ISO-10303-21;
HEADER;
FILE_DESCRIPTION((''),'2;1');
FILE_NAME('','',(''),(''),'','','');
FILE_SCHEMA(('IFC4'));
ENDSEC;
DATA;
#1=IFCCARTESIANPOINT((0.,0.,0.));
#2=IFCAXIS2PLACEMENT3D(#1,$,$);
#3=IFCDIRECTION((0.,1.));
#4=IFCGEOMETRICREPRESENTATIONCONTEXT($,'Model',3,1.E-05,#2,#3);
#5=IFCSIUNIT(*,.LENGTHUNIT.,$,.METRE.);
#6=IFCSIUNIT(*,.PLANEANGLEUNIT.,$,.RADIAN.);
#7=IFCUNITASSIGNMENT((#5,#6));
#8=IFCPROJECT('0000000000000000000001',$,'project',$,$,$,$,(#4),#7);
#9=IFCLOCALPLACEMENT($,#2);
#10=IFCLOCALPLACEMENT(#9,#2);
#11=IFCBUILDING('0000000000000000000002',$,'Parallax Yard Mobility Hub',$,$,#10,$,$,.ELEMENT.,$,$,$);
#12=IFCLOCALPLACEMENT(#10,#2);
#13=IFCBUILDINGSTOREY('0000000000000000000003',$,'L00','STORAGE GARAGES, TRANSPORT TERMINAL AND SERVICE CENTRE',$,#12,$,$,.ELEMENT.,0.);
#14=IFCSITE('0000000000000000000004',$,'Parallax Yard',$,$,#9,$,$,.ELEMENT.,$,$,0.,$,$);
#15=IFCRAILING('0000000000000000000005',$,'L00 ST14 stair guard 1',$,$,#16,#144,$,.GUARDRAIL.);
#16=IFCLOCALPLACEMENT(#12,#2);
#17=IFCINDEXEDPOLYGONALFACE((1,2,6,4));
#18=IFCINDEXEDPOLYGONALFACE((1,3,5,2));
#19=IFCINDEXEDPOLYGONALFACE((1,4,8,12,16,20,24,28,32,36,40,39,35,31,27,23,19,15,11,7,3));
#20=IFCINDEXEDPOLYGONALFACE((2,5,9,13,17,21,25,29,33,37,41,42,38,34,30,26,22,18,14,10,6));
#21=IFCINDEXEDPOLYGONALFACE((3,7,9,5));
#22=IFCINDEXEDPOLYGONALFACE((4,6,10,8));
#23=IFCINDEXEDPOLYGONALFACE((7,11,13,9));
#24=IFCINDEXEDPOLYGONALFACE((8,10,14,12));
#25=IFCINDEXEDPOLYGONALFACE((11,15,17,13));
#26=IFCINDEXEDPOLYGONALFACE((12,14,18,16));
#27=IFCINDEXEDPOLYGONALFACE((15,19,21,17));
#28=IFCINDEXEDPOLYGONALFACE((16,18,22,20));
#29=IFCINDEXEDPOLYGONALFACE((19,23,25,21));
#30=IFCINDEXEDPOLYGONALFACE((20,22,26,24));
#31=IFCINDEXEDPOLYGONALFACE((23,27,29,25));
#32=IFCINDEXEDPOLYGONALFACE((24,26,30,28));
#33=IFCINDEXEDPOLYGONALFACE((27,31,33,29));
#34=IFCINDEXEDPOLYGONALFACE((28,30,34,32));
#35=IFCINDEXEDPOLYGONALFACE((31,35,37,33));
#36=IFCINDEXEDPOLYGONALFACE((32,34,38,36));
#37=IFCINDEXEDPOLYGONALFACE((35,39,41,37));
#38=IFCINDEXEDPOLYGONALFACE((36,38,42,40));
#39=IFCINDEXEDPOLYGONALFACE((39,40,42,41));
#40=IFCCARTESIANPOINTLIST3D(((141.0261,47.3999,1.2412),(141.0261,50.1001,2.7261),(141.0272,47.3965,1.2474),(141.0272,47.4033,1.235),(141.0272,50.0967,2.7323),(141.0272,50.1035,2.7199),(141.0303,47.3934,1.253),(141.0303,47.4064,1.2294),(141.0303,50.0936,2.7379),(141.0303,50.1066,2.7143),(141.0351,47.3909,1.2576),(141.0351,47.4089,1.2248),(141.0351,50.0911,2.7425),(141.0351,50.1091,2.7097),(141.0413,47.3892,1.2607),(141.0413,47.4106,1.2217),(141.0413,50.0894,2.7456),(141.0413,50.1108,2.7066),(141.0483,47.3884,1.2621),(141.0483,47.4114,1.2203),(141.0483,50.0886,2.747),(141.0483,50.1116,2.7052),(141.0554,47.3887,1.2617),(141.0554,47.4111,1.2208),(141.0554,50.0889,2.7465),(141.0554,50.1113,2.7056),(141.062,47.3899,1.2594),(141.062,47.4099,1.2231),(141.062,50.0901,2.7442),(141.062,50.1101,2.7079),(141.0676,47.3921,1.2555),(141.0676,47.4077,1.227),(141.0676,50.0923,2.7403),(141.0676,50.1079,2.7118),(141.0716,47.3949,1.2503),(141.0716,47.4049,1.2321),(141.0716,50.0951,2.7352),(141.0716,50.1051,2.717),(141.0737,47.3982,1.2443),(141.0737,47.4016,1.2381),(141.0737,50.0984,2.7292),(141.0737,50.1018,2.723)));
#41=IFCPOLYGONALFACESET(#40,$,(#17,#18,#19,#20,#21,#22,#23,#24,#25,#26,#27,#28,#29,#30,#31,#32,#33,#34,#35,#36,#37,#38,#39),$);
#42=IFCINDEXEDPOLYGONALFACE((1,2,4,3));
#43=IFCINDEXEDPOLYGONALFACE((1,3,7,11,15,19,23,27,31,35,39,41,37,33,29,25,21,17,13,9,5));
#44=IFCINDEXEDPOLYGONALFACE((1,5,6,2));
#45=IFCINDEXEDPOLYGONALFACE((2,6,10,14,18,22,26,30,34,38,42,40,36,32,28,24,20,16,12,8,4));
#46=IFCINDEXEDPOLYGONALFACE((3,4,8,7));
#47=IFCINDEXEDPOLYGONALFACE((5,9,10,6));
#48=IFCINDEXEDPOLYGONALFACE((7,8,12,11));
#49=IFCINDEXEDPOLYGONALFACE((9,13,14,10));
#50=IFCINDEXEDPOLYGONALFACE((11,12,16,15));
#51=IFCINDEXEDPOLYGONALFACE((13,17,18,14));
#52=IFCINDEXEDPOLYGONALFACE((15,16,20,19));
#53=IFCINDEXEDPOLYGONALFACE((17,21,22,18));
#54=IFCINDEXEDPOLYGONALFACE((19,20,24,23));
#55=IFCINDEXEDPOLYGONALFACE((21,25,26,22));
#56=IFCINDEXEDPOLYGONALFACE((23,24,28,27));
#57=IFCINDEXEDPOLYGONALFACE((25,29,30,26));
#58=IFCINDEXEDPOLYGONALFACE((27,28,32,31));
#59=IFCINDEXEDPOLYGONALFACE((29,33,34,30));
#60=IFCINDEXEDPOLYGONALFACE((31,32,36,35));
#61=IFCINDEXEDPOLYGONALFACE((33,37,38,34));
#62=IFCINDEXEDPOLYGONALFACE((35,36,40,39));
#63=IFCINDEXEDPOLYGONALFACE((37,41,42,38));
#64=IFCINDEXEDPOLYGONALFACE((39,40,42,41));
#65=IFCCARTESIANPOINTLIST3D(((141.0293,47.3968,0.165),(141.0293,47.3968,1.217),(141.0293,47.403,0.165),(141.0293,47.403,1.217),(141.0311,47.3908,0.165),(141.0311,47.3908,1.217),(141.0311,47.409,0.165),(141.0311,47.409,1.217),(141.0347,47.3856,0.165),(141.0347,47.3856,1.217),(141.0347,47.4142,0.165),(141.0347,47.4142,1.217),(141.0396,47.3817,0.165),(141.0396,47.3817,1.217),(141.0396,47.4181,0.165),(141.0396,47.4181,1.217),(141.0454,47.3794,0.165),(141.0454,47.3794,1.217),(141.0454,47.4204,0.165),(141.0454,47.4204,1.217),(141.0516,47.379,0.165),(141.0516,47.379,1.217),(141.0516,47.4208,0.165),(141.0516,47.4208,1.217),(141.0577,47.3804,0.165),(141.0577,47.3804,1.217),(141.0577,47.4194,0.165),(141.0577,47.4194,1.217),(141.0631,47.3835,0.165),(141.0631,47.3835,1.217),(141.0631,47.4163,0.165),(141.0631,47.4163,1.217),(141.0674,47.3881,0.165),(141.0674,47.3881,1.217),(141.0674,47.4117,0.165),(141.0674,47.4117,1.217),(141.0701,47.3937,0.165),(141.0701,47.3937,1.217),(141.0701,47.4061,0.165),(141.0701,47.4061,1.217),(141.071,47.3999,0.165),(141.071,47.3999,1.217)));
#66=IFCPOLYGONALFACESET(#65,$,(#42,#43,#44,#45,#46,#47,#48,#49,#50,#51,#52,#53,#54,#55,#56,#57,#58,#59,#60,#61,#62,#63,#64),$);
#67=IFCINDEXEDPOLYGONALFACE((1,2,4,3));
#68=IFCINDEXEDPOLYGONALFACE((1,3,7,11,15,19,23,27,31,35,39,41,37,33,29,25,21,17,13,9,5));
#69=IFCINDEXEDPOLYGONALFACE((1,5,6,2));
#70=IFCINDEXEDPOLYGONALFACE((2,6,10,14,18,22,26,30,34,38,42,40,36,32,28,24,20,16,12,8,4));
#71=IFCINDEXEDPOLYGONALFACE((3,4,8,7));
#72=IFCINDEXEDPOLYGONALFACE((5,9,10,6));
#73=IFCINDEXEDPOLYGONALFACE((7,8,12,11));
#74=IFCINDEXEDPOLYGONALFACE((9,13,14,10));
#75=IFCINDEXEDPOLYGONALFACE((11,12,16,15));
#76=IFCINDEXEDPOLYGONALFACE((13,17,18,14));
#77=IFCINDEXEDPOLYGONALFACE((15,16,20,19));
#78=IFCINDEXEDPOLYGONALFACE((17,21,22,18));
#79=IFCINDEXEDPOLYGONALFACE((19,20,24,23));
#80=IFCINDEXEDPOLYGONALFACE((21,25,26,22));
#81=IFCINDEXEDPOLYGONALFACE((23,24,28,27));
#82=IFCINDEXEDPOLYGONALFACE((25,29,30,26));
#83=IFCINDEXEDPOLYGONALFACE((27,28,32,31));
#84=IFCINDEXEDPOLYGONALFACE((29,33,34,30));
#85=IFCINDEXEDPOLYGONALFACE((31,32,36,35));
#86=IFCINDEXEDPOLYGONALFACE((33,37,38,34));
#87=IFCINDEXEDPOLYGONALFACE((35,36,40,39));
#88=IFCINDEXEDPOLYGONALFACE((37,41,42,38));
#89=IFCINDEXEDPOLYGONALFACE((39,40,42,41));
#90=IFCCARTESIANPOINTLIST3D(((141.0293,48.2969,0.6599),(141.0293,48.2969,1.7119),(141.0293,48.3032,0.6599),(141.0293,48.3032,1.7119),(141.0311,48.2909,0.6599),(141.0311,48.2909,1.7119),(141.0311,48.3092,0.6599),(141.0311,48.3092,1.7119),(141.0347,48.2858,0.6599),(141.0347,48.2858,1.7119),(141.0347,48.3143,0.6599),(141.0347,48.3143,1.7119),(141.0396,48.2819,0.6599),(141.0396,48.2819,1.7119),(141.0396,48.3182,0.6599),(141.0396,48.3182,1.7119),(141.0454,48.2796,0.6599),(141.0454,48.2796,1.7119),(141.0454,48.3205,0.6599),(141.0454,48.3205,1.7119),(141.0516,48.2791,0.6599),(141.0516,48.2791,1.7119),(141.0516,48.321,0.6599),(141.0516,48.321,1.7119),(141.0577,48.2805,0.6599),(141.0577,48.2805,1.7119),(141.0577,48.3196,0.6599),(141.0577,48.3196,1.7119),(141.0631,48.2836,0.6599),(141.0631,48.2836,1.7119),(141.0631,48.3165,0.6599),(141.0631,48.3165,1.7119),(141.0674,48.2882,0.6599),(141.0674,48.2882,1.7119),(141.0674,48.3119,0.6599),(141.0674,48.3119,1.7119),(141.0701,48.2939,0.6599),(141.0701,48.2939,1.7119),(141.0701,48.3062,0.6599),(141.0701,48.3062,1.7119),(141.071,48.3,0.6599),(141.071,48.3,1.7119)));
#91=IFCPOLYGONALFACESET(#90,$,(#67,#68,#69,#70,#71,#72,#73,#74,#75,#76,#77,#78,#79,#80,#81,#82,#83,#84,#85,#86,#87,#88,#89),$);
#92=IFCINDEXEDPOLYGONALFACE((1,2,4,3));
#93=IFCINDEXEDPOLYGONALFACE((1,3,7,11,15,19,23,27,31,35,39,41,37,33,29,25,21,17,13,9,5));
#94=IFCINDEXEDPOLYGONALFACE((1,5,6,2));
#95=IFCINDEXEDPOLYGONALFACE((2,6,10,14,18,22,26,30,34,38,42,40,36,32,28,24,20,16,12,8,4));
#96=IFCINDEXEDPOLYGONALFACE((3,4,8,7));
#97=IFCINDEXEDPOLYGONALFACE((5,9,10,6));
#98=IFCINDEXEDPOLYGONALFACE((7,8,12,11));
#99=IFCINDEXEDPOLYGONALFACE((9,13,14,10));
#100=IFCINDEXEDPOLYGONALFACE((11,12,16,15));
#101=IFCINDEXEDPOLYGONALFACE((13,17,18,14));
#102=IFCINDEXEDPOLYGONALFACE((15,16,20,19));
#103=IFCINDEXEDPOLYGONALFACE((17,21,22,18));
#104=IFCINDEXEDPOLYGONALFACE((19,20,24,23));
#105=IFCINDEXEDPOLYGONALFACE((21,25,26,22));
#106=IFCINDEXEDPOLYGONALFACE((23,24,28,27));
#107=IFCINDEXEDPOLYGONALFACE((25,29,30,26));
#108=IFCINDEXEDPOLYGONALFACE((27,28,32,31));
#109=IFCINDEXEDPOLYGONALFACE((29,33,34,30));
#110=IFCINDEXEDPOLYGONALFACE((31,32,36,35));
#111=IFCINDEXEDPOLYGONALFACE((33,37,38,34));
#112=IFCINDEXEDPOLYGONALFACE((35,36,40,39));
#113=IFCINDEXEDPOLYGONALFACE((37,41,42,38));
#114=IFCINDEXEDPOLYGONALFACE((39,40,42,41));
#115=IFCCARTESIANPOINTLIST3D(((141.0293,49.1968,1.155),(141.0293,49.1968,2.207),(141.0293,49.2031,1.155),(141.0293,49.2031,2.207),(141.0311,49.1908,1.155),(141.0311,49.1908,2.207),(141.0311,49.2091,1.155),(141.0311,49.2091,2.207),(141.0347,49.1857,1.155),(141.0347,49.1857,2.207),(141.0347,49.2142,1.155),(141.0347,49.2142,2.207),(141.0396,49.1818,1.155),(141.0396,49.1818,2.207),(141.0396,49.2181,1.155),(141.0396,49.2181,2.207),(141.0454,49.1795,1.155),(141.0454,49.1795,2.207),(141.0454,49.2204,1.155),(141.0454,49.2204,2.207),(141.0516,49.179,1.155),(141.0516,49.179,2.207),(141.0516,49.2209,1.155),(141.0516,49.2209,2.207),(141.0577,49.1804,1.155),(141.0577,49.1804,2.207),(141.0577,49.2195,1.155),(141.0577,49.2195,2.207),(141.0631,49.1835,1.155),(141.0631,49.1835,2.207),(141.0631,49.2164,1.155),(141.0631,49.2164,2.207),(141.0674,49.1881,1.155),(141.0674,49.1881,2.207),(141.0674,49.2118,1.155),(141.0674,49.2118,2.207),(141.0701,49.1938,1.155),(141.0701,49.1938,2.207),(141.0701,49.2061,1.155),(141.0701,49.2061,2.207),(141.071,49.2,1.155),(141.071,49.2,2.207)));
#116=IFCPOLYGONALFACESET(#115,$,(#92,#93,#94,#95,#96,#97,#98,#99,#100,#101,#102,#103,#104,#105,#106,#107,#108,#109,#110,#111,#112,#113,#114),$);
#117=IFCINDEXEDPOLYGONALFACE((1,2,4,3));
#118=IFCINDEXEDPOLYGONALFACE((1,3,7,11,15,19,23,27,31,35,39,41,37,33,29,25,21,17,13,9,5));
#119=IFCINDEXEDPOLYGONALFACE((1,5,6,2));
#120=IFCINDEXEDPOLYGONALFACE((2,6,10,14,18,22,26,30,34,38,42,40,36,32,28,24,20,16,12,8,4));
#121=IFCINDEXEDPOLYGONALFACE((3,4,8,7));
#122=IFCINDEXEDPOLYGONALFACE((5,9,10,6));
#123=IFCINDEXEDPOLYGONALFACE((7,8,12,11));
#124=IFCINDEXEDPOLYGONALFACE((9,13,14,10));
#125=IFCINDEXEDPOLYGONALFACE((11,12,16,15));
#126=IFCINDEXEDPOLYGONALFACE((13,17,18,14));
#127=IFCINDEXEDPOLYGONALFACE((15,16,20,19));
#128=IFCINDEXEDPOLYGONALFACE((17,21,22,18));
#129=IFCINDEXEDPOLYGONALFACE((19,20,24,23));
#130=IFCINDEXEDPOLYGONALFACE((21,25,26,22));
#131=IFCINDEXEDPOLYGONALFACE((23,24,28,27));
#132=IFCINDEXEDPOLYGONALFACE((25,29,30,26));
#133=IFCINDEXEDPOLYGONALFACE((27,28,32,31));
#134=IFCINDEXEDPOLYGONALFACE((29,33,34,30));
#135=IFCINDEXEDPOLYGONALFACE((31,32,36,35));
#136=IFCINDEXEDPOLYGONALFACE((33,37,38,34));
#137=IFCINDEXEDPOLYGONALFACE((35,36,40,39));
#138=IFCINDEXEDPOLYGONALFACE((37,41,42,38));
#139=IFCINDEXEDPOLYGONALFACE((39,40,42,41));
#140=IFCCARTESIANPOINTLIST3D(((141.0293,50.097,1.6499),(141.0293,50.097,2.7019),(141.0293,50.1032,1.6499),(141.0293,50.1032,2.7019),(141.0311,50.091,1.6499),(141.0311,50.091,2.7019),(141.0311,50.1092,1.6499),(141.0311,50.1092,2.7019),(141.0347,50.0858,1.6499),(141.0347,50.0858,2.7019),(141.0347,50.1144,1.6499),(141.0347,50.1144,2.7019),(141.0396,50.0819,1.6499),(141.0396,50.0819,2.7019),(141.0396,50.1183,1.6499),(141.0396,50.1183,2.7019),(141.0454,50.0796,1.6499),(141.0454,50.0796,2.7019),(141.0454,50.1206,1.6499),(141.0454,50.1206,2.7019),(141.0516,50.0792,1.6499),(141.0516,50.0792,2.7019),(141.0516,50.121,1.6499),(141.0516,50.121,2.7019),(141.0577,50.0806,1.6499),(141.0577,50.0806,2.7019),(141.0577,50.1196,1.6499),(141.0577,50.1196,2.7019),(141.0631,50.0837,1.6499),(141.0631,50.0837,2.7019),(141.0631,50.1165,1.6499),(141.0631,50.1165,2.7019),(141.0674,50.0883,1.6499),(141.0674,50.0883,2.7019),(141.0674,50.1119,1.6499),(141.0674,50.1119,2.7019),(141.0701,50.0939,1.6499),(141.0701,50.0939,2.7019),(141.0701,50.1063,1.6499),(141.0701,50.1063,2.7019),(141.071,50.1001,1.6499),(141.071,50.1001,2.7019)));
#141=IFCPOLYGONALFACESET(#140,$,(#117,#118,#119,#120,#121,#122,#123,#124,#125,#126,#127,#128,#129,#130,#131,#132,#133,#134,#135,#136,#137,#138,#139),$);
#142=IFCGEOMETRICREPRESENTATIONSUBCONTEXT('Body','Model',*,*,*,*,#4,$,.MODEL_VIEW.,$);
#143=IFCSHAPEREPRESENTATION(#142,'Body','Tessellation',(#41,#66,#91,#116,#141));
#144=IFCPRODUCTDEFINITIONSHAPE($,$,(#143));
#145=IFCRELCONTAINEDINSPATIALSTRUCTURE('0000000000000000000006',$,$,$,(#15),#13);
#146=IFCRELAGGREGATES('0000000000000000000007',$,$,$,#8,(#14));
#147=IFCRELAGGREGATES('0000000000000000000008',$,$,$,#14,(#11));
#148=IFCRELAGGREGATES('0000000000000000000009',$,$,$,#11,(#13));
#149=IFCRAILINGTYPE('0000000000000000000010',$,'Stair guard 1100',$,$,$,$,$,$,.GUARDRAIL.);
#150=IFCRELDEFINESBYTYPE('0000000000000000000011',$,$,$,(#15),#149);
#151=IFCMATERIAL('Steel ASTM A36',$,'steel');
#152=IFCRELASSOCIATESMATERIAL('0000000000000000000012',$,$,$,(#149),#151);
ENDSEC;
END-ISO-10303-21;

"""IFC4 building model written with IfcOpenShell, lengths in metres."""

from ifc_helpers import new_model, si_unit, direction, frame, origin, origin_2d, place, context, subcontext, project, spatial, circle, extrude, material, type_object, element, save


model = new_model("IFC4")

# Units and contexts
model_context = context("Model", 3, precision=1e-05, world=origin(), true_north=direction((0.0, 1.0)))
body_context = subcontext(model_context, "Body", "Model", "MODEL_VIEW")
ifc_project = project(units=[si_unit("LENGTHUNIT", "METRE"), si_unit("PLANEANGLEUNIT", "RADIAN")], contexts=[model_context])

# Site, building, storey
site_placement = place(None, origin())
site = spatial("IfcSite", under=ifc_project, at=site_placement, Name="Parallax Yard", CompositionType="ELEMENT", RefElevation=0.0)
building_placement = place(site_placement, origin())
building = spatial("IfcBuilding", under=site, at=building_placement, Name="Parallax Yard Mobility Hub", CompositionType="ELEMENT")
storey_placement = place(building_placement, origin())
storey = spatial("IfcBuildingStorey", under=building, at=storey_placement, Name="L00", Description="STORAGE GARAGES, TRANSPORT TERMINAL AND SERVICE CENTRE", CompositionType="ELEMENT", Elevation=0.0)

# Railing
ifc_material_1 = material(Name="Steel ASTM A36", Category="steel")
railing_type_1 = type_object("IfcRailingType", Name="Stair guard 1100", PredefinedType="GUARDRAIL", material=ifc_material_1)
railing_1_placement = place(storey_placement, frame((141.05, 47.3999, 0.165)))
element("IfcRailing", 1, at=railing_1_placement, inside=storey, type_object=railing_type_1, Name="L00 ST14 stair guard 1", PredefinedType="GUARDRAIL", context=body_context, shape_type="SweptSolid", body=[
    extrude(circle(Radius=0.0239, at=origin_2d()), frame((0.0, 0.0, 1.0762), z_axis=(0.0, 0.876249, 0.481858), x_axis=(-1.0, 0.0, 0.0)), (0.0, 0.0, 1.0), 3.0815),
    extrude(circle(Radius=0.021, at=origin_2d()), origin(), (0.0, 0.0, 1.0), 1.052),
    extrude(circle(Radius=0.021, at=origin_2d()), frame((0.0, 0.9001, 0.4949)), (0.0, 0.0, 1.0), 1.052),
    extrude(circle(Radius=0.021, at=origin_2d()), frame((0.0, 1.8, 0.99)), (0.0, 0.0, 1.0), 1.052),
    extrude(circle(Radius=0.021, at=origin_2d()), frame((0.0, 2.7002, 1.4849)), (0.0, 0.0, 1.0), 1.052),
])

save(model, "model.ifc")
